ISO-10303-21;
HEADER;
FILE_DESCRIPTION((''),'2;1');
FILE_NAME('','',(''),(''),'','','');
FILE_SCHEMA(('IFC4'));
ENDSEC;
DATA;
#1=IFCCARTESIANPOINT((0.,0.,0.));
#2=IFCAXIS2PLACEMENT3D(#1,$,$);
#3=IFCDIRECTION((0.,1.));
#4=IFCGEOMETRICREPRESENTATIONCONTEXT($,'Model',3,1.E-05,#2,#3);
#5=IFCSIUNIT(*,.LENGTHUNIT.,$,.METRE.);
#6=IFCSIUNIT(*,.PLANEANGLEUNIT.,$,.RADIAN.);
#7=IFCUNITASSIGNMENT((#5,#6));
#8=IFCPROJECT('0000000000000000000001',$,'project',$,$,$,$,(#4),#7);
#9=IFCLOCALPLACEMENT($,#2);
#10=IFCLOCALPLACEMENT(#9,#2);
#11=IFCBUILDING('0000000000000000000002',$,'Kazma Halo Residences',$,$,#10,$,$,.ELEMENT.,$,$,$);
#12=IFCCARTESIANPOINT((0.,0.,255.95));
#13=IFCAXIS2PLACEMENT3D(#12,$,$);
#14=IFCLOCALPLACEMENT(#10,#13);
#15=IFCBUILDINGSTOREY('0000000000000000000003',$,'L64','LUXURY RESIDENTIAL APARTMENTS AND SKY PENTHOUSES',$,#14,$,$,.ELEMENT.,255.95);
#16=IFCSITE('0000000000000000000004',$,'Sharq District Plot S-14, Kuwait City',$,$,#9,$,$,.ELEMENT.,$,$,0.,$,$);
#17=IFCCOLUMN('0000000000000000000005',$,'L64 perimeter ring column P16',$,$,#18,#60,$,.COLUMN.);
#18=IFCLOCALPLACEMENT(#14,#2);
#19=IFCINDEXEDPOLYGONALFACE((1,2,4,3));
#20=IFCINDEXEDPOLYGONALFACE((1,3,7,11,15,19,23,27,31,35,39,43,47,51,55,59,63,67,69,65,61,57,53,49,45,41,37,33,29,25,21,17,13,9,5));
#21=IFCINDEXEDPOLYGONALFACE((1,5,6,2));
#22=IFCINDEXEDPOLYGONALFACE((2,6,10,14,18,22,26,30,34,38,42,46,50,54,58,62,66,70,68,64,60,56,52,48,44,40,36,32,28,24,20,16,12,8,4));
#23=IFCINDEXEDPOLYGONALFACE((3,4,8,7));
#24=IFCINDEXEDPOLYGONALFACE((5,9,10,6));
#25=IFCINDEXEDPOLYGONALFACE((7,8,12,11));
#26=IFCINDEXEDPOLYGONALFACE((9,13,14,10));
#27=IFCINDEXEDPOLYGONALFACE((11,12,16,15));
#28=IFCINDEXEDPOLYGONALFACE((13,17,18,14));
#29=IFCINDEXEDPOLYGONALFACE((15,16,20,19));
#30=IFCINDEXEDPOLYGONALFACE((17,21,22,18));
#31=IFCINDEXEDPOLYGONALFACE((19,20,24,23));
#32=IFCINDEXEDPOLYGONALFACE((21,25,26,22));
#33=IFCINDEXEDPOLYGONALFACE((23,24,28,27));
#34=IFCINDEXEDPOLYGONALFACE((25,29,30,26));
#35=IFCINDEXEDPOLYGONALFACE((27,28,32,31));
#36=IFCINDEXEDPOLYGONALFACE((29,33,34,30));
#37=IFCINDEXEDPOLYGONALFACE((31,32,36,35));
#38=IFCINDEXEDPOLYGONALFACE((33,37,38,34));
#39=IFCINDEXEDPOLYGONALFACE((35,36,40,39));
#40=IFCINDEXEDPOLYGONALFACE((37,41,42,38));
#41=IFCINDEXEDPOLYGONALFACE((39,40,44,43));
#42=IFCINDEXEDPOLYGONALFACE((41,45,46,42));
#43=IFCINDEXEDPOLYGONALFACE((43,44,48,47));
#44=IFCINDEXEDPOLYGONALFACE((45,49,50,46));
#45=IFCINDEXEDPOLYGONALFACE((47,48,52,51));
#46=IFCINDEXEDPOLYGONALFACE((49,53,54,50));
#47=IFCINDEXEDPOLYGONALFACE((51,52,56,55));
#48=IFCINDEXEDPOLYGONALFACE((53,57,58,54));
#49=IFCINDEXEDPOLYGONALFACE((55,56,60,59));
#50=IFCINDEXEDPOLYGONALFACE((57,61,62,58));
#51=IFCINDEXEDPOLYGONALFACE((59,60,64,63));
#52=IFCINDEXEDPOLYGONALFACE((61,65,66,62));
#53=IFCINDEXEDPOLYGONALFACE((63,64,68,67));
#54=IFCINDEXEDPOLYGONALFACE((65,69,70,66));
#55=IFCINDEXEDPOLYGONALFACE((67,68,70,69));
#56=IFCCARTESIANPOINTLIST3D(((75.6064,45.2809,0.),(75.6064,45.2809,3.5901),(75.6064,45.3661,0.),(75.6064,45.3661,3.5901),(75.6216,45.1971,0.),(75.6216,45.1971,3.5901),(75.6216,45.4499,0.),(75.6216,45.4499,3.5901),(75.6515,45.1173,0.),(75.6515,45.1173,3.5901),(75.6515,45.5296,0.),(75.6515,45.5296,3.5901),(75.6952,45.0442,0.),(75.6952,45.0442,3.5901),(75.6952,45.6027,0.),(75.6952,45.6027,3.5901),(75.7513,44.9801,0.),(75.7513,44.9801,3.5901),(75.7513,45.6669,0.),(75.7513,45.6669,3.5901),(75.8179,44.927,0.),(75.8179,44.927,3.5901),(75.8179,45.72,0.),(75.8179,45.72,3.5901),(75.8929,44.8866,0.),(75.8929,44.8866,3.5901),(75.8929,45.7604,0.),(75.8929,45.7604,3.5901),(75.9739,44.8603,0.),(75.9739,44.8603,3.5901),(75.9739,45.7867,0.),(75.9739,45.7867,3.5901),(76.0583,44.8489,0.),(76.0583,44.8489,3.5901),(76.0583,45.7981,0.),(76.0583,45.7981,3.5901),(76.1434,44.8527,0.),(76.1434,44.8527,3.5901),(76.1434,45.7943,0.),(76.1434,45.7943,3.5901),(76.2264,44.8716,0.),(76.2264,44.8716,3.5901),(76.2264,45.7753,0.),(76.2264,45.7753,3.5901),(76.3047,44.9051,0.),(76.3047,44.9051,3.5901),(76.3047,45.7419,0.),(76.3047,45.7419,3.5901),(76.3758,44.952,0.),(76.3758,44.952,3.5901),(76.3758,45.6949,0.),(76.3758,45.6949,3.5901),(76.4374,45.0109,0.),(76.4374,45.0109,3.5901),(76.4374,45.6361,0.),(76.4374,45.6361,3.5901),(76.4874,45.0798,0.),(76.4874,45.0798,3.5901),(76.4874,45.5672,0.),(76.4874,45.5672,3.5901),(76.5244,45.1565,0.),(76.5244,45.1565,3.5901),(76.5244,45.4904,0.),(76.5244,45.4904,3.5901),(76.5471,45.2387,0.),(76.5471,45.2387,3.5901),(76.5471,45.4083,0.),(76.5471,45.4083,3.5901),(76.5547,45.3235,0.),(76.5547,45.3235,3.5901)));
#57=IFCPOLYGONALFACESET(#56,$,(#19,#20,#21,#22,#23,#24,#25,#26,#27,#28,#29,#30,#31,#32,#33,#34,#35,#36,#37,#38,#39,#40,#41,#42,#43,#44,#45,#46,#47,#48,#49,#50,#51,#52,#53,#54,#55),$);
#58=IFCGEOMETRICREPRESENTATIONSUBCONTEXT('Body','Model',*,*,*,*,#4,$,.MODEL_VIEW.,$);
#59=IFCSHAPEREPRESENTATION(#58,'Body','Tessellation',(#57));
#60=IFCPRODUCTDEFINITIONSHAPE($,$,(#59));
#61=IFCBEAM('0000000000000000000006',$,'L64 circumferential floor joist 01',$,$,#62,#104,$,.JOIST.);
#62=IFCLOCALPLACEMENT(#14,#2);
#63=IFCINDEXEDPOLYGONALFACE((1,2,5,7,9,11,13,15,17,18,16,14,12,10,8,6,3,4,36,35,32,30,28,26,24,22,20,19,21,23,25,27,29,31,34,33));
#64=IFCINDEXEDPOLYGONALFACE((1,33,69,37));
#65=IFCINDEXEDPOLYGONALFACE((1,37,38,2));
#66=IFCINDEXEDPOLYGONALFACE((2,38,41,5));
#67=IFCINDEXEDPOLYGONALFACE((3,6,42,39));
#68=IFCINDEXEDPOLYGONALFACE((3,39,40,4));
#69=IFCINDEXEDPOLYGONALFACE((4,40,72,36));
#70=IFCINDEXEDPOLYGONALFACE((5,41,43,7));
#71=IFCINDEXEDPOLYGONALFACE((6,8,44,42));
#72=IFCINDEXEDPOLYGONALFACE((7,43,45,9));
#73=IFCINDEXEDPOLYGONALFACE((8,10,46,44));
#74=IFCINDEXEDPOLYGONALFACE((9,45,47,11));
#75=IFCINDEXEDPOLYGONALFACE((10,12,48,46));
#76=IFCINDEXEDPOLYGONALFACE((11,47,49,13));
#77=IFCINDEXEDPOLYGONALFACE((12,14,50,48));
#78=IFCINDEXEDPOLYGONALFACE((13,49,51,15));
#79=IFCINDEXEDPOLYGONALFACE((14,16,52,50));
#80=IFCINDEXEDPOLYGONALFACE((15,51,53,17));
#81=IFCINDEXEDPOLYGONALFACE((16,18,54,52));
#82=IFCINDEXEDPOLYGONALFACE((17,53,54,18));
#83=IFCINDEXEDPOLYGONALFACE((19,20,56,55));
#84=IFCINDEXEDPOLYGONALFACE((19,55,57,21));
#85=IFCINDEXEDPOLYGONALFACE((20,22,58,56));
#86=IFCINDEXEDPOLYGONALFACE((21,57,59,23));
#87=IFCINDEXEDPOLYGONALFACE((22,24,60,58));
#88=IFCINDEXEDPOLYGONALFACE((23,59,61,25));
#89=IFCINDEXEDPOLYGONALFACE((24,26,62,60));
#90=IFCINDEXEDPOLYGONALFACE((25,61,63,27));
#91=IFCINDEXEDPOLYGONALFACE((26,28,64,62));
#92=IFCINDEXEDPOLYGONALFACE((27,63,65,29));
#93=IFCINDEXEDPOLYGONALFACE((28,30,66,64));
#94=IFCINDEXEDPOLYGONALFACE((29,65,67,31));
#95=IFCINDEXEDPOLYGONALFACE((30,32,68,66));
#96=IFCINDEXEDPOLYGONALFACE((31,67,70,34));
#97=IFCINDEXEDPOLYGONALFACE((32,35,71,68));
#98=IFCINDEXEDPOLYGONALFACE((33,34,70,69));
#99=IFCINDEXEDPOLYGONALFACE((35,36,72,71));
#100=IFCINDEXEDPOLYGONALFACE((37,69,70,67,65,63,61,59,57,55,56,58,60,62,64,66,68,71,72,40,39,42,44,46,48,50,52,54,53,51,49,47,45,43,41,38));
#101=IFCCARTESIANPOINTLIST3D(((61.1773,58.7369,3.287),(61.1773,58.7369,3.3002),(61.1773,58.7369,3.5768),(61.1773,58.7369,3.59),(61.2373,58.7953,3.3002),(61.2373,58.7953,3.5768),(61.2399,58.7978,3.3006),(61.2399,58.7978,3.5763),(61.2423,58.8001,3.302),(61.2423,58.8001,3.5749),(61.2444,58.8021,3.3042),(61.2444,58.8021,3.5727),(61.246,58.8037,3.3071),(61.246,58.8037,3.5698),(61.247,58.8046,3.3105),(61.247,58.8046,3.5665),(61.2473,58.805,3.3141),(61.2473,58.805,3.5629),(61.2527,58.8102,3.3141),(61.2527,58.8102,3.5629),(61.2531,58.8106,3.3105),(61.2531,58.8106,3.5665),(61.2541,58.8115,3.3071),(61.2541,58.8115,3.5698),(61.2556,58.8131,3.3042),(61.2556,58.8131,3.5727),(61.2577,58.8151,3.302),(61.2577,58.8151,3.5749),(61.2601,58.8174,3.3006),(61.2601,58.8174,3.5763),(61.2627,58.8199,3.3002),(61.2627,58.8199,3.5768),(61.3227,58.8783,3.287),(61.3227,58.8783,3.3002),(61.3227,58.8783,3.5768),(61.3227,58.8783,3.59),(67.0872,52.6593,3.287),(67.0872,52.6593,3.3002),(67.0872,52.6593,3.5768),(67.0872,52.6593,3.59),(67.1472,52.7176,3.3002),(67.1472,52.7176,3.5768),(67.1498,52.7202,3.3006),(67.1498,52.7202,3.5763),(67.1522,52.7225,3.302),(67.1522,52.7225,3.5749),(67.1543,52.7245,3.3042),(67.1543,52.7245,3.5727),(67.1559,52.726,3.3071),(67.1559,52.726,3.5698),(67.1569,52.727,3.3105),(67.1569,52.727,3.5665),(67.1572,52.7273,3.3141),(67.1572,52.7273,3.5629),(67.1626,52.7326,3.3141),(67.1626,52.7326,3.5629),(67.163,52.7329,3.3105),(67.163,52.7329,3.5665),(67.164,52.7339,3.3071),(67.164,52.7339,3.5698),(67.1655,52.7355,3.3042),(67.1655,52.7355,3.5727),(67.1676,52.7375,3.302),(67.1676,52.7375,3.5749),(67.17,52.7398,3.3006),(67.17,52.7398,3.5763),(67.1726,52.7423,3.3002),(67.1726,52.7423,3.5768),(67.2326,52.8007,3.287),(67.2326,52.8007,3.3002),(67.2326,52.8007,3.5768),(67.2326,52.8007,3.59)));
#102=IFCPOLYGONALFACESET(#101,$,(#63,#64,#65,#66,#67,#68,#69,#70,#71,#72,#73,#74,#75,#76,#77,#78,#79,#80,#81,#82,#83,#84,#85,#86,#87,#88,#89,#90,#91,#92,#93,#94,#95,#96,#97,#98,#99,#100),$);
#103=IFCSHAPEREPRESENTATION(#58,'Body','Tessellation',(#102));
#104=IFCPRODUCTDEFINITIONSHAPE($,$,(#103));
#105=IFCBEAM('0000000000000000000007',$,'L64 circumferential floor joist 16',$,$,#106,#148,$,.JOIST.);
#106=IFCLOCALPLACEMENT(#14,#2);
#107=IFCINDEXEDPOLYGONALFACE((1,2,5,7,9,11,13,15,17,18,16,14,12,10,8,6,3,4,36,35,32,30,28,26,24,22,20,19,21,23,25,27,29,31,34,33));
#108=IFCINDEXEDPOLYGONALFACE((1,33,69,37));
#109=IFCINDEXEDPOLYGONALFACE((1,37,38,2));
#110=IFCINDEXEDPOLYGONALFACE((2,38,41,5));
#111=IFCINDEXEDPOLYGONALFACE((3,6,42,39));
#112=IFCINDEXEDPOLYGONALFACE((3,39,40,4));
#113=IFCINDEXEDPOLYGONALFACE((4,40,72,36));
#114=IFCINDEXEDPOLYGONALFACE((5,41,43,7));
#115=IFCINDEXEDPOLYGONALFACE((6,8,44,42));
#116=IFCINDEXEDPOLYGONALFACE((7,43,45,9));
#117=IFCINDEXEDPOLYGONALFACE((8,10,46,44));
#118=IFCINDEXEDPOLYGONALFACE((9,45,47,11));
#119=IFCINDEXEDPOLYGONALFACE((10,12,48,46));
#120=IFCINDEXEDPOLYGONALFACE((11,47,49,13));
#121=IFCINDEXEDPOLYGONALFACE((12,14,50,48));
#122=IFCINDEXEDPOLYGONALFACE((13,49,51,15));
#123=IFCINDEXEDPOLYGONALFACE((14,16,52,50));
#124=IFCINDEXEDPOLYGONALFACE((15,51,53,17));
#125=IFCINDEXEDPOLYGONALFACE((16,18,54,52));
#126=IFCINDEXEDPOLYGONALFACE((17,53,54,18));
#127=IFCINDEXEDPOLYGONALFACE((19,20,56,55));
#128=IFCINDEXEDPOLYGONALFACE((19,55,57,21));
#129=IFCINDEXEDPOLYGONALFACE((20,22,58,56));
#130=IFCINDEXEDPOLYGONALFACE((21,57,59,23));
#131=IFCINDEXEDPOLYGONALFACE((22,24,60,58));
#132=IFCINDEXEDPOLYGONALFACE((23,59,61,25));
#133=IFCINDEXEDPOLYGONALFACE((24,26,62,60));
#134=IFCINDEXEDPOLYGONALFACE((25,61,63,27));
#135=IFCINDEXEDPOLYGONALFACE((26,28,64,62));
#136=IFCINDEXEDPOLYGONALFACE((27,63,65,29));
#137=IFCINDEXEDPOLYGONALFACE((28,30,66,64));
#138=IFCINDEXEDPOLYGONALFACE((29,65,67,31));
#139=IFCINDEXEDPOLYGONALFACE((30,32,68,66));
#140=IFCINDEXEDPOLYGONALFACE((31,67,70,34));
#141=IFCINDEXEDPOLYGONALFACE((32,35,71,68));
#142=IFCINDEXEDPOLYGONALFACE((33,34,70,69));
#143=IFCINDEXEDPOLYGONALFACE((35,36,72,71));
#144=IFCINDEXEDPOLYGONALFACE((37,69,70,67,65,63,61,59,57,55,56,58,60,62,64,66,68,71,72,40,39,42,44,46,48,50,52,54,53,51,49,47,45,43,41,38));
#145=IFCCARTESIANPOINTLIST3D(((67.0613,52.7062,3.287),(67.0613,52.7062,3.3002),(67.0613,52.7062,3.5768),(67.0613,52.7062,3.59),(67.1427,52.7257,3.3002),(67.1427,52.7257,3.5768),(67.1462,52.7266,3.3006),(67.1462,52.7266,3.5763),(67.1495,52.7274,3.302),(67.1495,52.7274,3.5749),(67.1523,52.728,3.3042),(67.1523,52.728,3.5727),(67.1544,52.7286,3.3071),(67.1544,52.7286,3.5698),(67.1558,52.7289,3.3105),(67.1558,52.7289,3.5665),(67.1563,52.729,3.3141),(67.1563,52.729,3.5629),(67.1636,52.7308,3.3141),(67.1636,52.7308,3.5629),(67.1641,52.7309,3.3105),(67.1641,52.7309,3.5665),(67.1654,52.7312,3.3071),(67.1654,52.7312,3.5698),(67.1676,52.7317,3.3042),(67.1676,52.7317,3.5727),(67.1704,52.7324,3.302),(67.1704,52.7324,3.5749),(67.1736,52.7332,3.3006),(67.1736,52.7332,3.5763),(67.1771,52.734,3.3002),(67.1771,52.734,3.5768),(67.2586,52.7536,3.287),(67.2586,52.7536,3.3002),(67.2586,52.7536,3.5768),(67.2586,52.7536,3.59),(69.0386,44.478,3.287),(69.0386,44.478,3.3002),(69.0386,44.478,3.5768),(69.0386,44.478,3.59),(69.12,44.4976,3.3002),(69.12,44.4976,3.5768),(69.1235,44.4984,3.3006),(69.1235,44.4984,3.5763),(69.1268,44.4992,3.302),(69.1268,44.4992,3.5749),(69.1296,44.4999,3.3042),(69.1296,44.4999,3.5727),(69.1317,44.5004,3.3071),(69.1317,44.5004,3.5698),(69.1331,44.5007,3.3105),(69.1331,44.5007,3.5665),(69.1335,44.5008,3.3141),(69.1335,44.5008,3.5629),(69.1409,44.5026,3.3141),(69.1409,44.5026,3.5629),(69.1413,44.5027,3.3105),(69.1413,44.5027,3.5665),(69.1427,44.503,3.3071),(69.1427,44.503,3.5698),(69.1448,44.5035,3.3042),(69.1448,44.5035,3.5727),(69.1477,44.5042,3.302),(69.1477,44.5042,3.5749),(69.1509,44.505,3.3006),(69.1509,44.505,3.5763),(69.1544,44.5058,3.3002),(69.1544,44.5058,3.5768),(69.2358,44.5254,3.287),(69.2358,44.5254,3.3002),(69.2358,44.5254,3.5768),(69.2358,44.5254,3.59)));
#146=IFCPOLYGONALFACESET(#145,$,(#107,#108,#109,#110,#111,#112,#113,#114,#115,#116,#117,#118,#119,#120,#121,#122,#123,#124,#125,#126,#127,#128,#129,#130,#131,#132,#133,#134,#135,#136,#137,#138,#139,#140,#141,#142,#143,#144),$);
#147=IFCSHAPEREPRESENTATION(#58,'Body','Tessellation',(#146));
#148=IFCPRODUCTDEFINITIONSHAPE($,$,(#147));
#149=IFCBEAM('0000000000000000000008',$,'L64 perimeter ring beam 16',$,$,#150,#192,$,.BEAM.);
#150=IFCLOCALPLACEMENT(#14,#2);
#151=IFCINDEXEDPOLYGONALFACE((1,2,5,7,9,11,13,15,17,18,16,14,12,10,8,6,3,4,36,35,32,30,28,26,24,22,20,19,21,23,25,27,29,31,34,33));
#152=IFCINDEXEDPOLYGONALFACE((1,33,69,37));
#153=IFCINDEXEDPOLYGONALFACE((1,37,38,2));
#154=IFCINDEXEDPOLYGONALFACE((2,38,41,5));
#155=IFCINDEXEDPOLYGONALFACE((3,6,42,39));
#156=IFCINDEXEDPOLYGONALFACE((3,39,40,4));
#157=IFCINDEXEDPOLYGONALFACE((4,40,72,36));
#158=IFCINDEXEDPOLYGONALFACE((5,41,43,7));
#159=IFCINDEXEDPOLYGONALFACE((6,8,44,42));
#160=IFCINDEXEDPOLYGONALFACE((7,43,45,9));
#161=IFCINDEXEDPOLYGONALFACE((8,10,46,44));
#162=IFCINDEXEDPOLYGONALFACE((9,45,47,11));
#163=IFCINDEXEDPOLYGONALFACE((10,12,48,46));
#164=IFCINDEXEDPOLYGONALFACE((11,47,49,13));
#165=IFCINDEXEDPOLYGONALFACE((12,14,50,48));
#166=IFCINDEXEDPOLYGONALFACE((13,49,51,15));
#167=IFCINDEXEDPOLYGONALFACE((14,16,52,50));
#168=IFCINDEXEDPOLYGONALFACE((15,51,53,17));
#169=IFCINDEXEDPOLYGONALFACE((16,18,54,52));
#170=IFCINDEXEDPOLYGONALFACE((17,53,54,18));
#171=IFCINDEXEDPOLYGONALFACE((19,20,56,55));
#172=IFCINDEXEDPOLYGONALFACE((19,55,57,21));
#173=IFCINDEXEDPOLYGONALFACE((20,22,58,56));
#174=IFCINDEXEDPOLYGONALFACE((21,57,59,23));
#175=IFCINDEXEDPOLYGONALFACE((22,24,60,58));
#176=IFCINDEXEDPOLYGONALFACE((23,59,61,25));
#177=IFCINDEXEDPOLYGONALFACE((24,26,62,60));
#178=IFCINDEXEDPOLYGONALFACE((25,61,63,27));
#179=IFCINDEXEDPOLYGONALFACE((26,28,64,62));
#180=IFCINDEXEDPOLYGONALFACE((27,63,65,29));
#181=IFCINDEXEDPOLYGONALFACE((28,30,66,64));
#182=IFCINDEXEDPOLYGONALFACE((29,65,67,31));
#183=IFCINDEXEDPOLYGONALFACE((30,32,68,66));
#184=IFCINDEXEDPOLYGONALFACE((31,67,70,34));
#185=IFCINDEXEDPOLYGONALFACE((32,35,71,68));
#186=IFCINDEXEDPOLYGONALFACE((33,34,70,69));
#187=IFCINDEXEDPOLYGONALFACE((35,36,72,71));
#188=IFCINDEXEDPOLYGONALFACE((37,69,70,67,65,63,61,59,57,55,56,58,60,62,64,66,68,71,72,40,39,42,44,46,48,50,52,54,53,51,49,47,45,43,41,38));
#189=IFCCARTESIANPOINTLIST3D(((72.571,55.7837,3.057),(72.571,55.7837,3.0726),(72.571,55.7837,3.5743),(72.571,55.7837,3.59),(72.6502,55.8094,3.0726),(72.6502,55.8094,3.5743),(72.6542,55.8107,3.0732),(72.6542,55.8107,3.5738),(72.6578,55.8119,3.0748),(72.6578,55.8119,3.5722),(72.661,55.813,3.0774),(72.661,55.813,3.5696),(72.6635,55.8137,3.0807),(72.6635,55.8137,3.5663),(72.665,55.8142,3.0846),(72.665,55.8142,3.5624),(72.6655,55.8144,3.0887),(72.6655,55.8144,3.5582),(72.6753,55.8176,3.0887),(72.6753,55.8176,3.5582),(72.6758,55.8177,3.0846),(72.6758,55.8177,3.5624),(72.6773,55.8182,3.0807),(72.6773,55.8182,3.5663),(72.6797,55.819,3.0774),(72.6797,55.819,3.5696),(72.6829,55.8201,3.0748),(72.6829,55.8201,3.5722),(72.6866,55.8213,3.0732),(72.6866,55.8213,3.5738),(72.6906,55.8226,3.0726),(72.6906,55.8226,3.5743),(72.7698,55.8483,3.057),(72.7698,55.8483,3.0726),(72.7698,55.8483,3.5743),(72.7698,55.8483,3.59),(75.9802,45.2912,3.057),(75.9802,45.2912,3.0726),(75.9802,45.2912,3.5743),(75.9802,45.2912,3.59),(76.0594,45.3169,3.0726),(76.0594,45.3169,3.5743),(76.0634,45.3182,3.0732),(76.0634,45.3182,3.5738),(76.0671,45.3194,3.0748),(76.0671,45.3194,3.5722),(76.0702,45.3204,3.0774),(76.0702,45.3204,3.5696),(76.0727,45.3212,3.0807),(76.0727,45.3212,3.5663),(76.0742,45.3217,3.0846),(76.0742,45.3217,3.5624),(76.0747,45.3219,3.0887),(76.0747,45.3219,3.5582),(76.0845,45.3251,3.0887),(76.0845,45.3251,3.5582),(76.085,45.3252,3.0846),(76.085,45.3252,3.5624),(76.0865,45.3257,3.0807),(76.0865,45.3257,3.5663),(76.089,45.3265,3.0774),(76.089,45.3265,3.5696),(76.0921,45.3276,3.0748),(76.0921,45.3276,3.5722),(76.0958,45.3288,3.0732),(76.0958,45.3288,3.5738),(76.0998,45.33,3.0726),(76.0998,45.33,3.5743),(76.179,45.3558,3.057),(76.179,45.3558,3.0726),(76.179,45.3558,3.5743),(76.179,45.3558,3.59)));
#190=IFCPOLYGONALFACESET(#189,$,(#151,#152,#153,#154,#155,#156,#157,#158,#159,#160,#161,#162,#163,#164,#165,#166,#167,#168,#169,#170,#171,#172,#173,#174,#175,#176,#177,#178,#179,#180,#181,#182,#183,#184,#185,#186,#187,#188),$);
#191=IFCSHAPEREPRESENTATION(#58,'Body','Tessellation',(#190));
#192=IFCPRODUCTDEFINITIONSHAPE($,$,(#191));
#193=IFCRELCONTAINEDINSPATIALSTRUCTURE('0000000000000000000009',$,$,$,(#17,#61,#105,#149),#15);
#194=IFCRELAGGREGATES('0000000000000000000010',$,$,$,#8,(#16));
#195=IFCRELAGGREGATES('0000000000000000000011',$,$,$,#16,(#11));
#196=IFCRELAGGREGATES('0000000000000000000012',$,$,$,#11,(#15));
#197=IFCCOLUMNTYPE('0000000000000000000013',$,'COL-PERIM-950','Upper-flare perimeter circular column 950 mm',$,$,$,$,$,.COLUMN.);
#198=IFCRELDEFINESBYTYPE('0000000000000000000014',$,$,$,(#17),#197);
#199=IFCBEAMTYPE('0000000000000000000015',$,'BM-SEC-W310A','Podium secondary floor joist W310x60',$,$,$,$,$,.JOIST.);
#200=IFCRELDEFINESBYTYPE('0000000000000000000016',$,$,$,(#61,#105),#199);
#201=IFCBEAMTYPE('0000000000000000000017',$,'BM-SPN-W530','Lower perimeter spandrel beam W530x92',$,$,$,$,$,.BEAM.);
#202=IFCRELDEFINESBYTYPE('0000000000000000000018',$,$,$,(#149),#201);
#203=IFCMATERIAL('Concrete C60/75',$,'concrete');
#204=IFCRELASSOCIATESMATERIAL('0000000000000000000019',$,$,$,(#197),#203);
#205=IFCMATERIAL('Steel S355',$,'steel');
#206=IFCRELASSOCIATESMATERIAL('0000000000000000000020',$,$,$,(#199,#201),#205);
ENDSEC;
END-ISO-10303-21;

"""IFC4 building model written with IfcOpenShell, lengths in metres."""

from ifc_helpers import new_model, si_unit, direction, frame, origin, origin_2d, place, context, subcontext, project, spatial, circle, i_section, extrude, material, material_profile, profile_set, type_object, element, save


model = new_model("IFC4")

# Units and contexts
model_context = context("Model", 3, precision=1e-05, world=origin(), true_north=direction((0.0, 1.0)))
body_context = subcontext(model_context, "Body", "Model", "MODEL_VIEW")
ifc_project = project(units=[si_unit("LENGTHUNIT", "METRE"), si_unit("PLANEANGLEUNIT", "RADIAN")], contexts=[model_context])

# Site, building, storey
site_placement = place(None, origin())
site = spatial("IfcSite", under=ifc_project, at=site_placement, Name="Sharq District Plot S-14, Kuwait City", CompositionType="ELEMENT", RefElevation=0.0)
building_placement = place(site_placement, origin())
building = spatial("IfcBuilding", under=site, at=building_placement, Name="Kazma Halo Residences", CompositionType="ELEMENT")
storey_placement = place(building_placement, frame((0.0, 0.0, 255.95)))
storey = spatial("IfcBuildingStorey", under=building, at=storey_placement, Name="L64", Description="LUXURY RESIDENTIAL APARTMENTS AND SKY PENTHOUSES", CompositionType="ELEMENT", Elevation=255.95)

# Column
ifc_material_1 = material(Name="Concrete C60/75", Category="concrete")
ifc_material_profile_1 = material_profile(ifc_material_1, circle(Radius=0.4751, at=origin_2d()), Name="CIRC950")
ifc_profile_set_1 = profile_set([ifc_material_profile_1], Name="Concrete C60/75")
column_type = type_object("IfcColumnType", Name="COL-PERIM-950", Description="Upper-flare perimeter circular column 950 mm", PredefinedType="COLUMN", material=ifc_profile_set_1)
column_placement = place(storey_placement, frame((76.0796, 45.3235, 0.0), z_axis=(0.0, 0.0, 1.0), x_axis=(1.0, 0.0, 0.0)))
element("IfcColumn", 1, at=column_placement, inside=storey, type_object=column_type, Name="L64 perimeter ring column P16", PredefinedType="COLUMN", context=body_context, shape_type="SweptSolid", body=[
    extrude(circle(Radius=0.4751, at=origin_2d()), origin(), (0.0, 0.0, 1.0), 3.5901),
])

# Beams
ifc_material_2 = material(Name="Steel S355", Category="steel")
ifc_material_profile_2 = material_profile(ifc_material_2, i_section(OverallWidth=0.2029, OverallDepth=0.303, WebThickness=0.0076, FlangeThickness=0.0132, FilletRadius=0.0139, at=origin_2d()), Name="W310x60")
ifc_profile_set_2 = profile_set([ifc_material_profile_2], Name="Steel S355")
beam_type_1 = type_object("IfcBeamType", Name="BM-SEC-W310A", Description="Podium secondary floor joist W310x60", PredefinedType="JOIST", material=ifc_profile_set_2)
beam_1_placement = place(storey_placement, frame((67.1599, 52.73, 3.4385), z_axis=(-0.697145, 0.71693, 0.0), x_axis=(-0.71693, -0.697145, 0.0)))
element("IfcBeam", 2, at=beam_1_placement, inside=storey, type_object=beam_type_1, Name="L64 circumferential floor joist 01", PredefinedType="JOIST", context=body_context, shape_type="SweptSolid", body=[
    extrude(i_section(OverallWidth=0.2029, OverallDepth=0.303, WebThickness=0.0076, FlangeThickness=0.0132, FilletRadius=0.0139, at=origin_2d()), origin(), (0.0, 0.0, 1.0), 8.4773),
])
beam_2_placement = place(storey_placement, frame((69.1372, 44.5017, 3.4385), z_axis=(-0.233653, 0.97232, 0.0), x_axis=(-0.97232, -0.233653, 0.0)))
element("IfcBeam", 3, at=beam_2_placement, inside=storey, type_object=beam_type_1, Name="L64 circumferential floor joist 16", PredefinedType="JOIST", context=body_context, shape_type="SweptSolid", body=[
    extrude(i_section(OverallWidth=0.2029, OverallDepth=0.303, WebThickness=0.0076, FlangeThickness=0.0132, FilletRadius=0.0139, at=origin_2d()), origin(), (0.0, 0.0, 1.0), 8.4624),
])
ifc_material_profile_3 = material_profile(ifc_material_2, i_section(OverallWidth=0.209, OverallDepth=0.533, WebThickness=0.0103, FlangeThickness=0.0156, FilletRadius=0.0161, at=origin_2d()), Name="W530x92")
ifc_profile_set_3 = profile_set([ifc_material_profile_3], Name="Steel S355")
beam_type_2 = type_object("IfcBeamType", Name="BM-SPN-W530", Description="Lower perimeter spandrel beam W530x92", PredefinedType="BEAM", material=ifc_profile_set_3)
beam_3_placement = place(storey_placement, frame((76.0796, 45.3235, 3.3235), z_axis=(-0.309016, 0.951057, 0.0), x_axis=(-0.951057, -0.309016, 0.0)))
element("IfcBeam", 4, at=beam_3_placement, inside=storey, type_object=beam_type_2, Name="L64 perimeter ring beam 16", PredefinedType="BEAM", context=body_context, shape_type="SweptSolid", body=[
    extrude(i_section(OverallWidth=0.209, OverallDepth=0.533, WebThickness=0.0103, FlangeThickness=0.0156, FilletRadius=0.0161, at=origin_2d()), origin(), (0.0, 0.0, 1.0), 11.0325),
])

save(model, "model.ifc")
